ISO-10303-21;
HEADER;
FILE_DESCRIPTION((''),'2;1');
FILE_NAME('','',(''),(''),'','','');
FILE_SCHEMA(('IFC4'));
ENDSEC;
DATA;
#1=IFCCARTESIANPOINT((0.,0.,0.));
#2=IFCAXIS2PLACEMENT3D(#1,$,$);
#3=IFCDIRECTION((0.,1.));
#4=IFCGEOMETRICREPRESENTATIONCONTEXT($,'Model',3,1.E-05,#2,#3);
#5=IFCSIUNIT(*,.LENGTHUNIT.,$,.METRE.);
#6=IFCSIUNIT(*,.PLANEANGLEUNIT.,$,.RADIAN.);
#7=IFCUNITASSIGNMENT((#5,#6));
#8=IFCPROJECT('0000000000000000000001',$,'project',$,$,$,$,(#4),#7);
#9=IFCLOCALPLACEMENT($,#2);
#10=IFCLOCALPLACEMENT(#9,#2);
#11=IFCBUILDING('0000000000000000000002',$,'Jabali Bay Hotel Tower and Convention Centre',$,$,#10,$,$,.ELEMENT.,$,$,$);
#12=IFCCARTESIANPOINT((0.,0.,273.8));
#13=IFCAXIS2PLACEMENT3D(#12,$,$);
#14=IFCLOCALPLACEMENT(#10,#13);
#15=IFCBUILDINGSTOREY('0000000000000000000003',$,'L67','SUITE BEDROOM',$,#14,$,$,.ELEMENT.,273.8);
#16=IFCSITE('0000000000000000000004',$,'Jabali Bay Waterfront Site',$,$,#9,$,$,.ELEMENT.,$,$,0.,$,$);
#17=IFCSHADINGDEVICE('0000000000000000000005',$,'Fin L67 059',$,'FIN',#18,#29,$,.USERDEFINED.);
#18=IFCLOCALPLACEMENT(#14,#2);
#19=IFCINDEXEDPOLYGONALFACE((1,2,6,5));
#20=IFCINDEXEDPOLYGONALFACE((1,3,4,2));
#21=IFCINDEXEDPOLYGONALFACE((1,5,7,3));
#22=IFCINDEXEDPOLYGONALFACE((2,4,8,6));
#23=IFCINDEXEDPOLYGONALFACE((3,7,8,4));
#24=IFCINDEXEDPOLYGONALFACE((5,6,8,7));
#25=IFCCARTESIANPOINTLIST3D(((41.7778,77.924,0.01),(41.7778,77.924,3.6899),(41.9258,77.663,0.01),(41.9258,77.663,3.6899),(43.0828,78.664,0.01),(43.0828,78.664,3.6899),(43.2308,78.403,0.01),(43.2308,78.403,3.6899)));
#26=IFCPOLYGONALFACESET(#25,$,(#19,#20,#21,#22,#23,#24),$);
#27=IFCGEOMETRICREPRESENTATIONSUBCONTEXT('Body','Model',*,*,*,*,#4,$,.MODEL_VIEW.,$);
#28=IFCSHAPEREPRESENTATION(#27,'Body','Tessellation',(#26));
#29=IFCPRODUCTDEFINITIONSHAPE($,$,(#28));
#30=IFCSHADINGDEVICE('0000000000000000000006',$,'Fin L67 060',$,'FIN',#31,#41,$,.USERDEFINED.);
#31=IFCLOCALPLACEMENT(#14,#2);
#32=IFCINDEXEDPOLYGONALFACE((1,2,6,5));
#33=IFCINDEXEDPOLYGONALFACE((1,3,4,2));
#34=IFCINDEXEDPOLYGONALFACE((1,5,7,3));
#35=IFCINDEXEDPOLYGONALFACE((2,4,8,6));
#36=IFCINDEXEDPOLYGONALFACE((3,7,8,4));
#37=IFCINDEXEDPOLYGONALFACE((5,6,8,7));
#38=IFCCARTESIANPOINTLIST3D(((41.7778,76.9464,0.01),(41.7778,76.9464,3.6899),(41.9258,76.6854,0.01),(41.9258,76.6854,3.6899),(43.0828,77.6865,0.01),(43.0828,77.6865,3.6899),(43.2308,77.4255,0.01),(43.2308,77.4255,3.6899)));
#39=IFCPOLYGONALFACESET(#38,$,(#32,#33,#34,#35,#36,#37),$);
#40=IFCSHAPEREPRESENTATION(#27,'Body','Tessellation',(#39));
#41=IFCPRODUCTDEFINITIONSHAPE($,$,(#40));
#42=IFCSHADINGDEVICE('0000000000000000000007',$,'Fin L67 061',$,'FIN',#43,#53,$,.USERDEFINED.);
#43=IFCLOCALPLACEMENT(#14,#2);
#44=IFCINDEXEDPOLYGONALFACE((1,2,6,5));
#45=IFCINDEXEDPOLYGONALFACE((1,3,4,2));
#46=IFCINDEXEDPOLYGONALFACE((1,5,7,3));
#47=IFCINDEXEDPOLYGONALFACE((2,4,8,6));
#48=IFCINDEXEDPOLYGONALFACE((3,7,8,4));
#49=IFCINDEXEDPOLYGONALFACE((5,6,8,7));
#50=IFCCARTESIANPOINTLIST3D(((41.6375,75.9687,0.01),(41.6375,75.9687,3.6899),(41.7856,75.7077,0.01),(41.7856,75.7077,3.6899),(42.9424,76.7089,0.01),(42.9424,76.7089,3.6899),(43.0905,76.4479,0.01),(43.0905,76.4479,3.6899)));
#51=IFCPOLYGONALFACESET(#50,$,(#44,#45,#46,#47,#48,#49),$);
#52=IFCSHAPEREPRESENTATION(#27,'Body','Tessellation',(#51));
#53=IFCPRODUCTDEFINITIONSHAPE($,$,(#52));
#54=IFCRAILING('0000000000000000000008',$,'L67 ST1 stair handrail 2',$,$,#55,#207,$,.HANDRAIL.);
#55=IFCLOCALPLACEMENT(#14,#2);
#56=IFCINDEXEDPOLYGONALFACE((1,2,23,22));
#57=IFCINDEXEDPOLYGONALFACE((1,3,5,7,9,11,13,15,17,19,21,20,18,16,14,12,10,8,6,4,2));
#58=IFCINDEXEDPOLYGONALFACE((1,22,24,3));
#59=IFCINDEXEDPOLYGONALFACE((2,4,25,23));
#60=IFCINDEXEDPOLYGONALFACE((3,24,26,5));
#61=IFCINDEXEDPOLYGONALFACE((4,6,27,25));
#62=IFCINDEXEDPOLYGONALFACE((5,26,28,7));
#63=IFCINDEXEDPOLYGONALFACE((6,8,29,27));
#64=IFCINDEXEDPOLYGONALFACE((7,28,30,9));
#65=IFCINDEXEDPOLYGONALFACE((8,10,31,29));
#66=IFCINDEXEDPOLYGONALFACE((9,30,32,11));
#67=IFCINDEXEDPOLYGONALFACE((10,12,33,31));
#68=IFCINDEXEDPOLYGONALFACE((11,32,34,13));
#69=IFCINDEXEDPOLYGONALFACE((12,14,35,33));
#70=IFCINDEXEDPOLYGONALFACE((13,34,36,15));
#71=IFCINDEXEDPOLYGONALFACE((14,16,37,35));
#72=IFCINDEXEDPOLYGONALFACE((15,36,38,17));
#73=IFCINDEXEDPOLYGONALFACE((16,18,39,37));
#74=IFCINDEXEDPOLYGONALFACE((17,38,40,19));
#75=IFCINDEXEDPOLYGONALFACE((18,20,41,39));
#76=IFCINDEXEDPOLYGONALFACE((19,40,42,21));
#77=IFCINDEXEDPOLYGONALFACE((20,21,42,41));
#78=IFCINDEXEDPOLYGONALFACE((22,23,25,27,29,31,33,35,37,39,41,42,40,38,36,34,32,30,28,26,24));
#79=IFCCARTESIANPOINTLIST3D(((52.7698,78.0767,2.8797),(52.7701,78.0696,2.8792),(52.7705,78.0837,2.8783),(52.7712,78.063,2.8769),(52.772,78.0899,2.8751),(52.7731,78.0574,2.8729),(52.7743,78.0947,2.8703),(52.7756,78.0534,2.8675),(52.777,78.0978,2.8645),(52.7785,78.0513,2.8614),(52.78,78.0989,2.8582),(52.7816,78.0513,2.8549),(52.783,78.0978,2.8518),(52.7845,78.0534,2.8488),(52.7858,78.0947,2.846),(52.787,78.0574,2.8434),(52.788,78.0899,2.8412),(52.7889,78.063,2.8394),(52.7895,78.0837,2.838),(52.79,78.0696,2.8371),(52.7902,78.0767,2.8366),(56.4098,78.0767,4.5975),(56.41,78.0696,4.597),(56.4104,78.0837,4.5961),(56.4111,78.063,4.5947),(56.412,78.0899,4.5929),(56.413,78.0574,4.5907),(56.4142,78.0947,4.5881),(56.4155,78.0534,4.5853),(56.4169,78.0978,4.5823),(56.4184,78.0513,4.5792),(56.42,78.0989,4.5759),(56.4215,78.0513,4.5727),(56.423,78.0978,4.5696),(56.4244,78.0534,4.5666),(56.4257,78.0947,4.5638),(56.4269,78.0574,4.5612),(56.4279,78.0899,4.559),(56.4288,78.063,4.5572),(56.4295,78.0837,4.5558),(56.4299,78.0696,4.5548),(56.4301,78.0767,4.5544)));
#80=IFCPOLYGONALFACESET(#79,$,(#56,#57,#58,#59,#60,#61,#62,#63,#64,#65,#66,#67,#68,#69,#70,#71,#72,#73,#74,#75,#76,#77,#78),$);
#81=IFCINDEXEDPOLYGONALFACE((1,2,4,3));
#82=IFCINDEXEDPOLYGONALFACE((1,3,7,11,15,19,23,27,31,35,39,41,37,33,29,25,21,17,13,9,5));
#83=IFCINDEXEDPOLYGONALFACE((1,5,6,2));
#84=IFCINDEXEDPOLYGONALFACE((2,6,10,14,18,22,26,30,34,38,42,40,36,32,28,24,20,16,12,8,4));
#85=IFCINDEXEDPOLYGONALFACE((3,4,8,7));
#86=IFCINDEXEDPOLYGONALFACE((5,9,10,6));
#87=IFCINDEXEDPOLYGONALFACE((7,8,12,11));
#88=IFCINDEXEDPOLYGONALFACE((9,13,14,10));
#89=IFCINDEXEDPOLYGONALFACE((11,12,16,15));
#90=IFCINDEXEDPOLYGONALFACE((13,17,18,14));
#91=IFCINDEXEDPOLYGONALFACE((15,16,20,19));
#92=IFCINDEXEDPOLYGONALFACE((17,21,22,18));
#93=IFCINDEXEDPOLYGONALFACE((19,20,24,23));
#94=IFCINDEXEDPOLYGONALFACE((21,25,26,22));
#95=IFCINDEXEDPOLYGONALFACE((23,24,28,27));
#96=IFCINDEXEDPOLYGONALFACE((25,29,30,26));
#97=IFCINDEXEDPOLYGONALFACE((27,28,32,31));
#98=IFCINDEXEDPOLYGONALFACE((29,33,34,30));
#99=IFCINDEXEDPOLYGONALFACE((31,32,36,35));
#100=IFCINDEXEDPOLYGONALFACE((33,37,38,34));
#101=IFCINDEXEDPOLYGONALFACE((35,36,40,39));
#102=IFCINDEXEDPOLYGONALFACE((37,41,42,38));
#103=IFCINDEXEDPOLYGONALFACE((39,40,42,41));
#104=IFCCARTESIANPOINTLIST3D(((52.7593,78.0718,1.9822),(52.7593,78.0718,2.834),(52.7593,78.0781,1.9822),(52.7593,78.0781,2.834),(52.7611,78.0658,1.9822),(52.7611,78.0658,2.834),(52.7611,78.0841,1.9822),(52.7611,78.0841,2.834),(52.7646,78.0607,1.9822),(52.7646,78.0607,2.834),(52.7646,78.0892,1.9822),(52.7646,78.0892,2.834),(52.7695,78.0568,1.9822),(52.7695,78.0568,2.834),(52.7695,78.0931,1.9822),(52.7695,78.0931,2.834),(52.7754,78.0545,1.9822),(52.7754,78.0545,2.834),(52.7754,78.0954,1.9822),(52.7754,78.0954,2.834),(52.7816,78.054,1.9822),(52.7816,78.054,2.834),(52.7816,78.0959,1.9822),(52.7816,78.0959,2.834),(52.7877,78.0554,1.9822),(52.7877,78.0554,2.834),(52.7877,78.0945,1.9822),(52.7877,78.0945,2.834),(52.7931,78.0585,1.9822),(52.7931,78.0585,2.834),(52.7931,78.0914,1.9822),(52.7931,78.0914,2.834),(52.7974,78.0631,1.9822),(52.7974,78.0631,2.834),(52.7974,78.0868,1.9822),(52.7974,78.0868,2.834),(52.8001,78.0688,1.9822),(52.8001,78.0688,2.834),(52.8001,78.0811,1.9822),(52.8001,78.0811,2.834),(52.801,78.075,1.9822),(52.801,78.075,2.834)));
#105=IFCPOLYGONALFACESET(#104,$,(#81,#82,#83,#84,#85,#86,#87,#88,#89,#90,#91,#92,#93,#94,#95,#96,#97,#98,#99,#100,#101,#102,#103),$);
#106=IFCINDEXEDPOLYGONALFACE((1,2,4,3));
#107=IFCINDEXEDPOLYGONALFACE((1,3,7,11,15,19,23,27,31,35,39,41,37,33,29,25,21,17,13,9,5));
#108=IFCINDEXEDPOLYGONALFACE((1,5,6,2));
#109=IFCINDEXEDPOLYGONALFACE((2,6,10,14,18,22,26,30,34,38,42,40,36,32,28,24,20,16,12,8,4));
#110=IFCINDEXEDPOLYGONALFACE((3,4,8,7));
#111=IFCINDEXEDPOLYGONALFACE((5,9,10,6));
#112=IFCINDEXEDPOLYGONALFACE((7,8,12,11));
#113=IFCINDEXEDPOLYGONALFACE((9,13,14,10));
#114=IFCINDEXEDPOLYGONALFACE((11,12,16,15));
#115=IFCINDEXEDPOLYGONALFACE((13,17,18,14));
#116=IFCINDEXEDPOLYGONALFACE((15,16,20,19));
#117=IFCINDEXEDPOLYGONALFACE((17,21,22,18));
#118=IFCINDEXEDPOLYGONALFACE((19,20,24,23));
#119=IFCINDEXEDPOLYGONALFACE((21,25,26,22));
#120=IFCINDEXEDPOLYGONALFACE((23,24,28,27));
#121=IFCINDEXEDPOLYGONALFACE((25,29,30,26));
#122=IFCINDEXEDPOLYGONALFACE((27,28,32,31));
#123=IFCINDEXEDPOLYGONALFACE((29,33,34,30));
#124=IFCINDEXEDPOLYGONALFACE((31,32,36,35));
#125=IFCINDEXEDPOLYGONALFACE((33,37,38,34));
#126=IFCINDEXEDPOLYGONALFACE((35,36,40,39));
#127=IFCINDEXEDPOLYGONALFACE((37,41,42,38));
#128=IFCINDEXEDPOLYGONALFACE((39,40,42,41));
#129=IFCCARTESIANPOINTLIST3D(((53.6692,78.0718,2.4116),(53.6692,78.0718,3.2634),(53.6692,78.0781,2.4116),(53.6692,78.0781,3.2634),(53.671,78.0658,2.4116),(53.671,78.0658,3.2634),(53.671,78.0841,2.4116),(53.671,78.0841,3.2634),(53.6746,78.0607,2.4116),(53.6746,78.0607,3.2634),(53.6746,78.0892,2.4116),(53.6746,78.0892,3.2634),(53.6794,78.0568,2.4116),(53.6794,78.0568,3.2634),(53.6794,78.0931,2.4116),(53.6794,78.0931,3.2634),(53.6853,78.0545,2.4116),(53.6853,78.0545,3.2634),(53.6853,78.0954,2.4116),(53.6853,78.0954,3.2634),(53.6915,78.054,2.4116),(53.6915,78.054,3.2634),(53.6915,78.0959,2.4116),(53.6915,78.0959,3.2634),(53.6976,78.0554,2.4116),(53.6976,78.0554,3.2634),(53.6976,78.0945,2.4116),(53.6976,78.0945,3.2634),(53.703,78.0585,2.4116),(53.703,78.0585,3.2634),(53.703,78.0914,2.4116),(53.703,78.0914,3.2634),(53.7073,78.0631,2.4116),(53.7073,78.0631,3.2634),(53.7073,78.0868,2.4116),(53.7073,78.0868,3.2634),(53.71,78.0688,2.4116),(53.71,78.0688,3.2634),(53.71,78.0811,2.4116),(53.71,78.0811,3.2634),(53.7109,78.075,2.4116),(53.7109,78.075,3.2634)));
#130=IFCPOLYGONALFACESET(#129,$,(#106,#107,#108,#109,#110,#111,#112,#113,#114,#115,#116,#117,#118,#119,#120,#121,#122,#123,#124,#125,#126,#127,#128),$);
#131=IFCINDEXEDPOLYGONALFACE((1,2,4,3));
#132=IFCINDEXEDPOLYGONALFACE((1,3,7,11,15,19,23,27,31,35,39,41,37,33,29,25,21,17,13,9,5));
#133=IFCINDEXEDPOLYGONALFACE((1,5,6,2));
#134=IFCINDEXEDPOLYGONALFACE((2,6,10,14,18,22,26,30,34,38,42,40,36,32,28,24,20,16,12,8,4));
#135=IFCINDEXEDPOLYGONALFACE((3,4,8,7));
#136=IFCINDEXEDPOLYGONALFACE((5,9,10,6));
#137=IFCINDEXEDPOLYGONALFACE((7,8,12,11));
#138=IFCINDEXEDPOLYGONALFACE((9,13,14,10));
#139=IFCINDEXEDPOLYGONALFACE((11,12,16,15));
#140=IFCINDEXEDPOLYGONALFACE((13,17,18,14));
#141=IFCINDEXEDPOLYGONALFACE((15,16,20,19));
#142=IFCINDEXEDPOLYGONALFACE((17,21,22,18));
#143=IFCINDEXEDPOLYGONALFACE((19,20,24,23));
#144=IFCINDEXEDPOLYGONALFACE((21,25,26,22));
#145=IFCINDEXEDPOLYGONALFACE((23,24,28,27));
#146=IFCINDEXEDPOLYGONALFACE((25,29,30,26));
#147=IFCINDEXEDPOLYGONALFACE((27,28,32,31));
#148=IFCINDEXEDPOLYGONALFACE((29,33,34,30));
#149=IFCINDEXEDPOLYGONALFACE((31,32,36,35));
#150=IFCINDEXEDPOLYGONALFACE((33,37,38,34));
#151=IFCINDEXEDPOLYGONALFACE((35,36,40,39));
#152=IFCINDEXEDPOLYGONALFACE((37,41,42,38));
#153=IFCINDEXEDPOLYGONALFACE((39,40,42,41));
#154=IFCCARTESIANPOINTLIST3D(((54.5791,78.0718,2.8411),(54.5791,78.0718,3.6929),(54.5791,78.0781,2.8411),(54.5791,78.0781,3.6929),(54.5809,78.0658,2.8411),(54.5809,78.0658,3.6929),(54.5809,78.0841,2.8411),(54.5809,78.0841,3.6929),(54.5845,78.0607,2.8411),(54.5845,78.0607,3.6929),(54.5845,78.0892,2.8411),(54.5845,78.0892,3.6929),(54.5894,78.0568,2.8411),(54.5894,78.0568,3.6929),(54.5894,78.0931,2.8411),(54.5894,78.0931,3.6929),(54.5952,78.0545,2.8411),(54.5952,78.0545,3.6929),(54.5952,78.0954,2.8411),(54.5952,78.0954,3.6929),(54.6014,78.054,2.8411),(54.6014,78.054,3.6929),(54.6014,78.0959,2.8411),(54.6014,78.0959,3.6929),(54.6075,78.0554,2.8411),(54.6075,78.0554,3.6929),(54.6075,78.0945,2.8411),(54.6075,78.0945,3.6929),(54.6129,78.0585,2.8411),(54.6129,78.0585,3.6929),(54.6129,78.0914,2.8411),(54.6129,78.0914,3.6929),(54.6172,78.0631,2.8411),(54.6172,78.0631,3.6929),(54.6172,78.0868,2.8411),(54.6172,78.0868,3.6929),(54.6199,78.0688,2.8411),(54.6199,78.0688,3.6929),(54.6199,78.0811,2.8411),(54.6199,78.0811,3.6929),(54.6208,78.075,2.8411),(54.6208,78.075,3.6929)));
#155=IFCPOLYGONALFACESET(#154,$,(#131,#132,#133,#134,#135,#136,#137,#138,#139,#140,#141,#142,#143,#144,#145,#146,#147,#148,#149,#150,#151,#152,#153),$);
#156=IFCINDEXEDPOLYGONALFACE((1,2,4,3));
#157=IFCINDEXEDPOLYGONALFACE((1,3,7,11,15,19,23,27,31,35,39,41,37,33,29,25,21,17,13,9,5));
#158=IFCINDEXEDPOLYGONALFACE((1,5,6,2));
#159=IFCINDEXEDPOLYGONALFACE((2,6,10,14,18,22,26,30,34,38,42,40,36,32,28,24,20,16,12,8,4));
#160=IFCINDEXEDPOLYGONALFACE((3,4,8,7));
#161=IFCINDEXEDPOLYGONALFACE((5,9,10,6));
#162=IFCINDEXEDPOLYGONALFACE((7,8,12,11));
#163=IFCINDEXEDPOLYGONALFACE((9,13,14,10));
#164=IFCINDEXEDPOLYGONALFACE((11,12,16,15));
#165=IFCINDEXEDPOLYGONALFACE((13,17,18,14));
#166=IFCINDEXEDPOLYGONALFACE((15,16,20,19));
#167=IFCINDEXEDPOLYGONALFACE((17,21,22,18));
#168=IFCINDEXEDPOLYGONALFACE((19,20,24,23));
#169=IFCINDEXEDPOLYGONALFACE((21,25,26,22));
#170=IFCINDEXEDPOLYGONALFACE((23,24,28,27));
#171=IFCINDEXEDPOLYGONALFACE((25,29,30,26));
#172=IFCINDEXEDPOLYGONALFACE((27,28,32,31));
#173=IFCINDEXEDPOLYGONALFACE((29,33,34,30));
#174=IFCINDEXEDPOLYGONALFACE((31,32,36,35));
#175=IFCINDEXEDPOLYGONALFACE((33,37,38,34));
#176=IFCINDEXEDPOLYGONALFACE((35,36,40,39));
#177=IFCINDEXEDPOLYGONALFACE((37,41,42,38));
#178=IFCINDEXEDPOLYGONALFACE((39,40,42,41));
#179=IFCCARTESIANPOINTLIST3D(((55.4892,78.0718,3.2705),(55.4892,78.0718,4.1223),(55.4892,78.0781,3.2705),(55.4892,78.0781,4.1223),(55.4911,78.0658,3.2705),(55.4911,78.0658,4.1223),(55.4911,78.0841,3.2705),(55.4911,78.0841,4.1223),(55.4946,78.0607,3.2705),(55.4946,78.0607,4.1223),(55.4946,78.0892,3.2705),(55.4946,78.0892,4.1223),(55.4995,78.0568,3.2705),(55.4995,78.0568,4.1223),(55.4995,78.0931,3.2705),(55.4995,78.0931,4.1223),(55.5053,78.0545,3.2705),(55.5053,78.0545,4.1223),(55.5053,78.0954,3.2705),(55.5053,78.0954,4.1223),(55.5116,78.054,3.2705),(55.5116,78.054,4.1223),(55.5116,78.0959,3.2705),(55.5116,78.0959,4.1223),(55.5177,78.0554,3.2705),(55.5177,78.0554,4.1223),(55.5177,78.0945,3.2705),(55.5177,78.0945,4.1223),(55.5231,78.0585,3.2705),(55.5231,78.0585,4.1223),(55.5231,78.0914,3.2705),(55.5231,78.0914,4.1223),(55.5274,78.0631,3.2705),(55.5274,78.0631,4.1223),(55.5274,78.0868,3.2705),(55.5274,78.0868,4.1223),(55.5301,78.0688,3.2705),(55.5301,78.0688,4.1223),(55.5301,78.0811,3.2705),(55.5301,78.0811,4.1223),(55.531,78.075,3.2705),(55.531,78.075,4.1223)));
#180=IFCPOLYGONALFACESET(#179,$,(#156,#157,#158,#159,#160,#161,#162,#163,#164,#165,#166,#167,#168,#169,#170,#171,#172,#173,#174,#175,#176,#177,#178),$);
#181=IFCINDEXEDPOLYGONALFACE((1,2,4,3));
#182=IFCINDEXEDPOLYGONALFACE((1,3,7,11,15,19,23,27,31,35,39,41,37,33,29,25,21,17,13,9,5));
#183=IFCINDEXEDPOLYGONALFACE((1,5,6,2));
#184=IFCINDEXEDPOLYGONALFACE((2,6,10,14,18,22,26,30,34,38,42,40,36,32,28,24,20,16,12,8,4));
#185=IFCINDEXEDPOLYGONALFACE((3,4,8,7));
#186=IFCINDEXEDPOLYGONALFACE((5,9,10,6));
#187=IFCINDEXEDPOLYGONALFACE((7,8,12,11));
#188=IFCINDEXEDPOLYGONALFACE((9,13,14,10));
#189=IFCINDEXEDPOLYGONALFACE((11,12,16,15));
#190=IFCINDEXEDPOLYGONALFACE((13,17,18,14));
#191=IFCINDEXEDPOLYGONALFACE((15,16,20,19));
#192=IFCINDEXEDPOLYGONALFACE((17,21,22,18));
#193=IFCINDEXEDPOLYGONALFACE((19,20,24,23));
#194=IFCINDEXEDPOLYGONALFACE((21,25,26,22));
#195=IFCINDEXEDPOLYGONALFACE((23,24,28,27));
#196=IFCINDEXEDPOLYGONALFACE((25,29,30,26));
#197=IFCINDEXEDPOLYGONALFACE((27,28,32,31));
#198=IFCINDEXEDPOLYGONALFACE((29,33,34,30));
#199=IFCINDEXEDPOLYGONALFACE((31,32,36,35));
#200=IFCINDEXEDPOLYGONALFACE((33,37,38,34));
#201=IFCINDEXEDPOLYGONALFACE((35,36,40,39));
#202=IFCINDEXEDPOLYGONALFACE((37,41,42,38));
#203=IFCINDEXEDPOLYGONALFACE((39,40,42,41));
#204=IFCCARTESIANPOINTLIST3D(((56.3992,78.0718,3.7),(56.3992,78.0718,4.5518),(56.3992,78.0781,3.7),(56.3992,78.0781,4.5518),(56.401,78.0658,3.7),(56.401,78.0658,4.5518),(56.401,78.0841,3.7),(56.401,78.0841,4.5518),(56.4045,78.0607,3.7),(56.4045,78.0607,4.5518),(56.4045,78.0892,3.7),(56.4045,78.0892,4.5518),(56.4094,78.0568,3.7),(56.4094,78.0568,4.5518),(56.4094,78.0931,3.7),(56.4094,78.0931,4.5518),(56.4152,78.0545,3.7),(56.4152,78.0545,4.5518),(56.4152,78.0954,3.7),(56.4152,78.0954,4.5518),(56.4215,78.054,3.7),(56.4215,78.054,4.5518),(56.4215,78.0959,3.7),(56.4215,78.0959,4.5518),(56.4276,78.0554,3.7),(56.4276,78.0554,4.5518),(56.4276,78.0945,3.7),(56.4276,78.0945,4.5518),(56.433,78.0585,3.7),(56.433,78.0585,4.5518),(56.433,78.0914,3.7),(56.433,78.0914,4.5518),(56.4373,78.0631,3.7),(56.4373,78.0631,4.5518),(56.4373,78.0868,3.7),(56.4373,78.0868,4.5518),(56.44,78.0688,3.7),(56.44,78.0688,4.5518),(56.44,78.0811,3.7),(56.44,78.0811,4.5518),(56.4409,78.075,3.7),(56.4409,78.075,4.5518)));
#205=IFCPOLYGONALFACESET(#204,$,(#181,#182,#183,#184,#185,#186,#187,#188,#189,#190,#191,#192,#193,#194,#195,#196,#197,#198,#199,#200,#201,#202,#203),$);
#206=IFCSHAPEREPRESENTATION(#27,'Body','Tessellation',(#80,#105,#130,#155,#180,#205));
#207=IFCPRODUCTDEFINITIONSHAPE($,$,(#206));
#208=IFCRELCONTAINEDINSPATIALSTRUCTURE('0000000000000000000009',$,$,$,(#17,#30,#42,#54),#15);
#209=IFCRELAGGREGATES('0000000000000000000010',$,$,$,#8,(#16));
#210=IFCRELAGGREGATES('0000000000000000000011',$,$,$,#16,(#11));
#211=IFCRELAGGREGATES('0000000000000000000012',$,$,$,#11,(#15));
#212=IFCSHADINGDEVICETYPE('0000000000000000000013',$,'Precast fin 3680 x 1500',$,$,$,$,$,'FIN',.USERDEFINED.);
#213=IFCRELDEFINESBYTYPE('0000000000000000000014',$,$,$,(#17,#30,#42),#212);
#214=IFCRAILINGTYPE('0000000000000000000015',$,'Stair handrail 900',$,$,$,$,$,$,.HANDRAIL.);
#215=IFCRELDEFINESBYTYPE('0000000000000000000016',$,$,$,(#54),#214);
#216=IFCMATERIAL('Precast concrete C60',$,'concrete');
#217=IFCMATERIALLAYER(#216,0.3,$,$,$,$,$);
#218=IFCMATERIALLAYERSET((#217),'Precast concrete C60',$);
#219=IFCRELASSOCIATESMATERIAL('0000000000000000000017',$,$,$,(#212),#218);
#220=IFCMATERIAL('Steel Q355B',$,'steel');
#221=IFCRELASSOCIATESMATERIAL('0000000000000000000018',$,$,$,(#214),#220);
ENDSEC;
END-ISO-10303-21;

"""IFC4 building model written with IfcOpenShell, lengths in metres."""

from ifc_helpers import new_model, si_unit, direction, frame, frame_2d, origin, origin_2d, place, context, subcontext, project, spatial, rectangle, circle, extrude, material, layer, layer_set, type_object, element, save


model = new_model("IFC4")

# Units and contexts
model_context = context("Model", 3, precision=1e-05, world=origin(), true_north=direction((0.0, 1.0)))
body_context = subcontext(model_context, "Body", "Model", "MODEL_VIEW")
ifc_project = project(units=[si_unit("LENGTHUNIT", "METRE"), si_unit("PLANEANGLEUNIT", "RADIAN")], contexts=[model_context])

# Site, building, storey
site_placement = place(None, origin())
site = spatial("IfcSite", under=ifc_project, at=site_placement, Name="Jabali Bay Waterfront Site", CompositionType="ELEMENT", RefElevation=0.0)
building_placement = place(site_placement, origin())
building = spatial("IfcBuilding", under=site, at=building_placement, Name="Jabali Bay Hotel Tower and Convention Centre", CompositionType="ELEMENT")
storey_placement = place(building_placement, frame((0.0, 0.0, 273.8)))
storey = spatial("IfcBuildingStorey", under=building, at=storey_placement, Name="L67", Description="SUITE BEDROOM", CompositionType="ELEMENT", Elevation=273.8)

# Shading devices
ifc_material_1 = material(Name="Precast concrete C60", Category="concrete")
ifc_layer_1 = layer(ifc_material_1, 0.3)
ifc_layer_set_1 = layer_set([ifc_layer_1], Name="Precast concrete C60")
shading_device_type_1 = type_object("IfcShadingDeviceType", Name="Precast fin 3680 x 1500", ElementType="FIN", PredefinedType="USERDEFINED", material=ifc_layer_set_1)
for number, where, z_axis, x_axis, name in (
    (1, (43.1567, 78.5334, 0.01), (0.0, 0.0, 1.0), (-0.869871, -0.493279, 0.0), "Fin L67 059"),
    (2, (43.1567, 77.5559, 0.01), (0.0, 0.0, 1.0), (-0.869871, -0.493279, 0.0), "Fin L67 060"),
    (3, (43.0164, 76.5784, 0.01), (0.0, 0.0, 1.0), (-0.869801, -0.493403, 0.0), "Fin L67 061"),
):
    element("IfcShadingDevice", number, at=place(storey_placement, frame(where, z_axis=z_axis, x_axis=x_axis)), inside=storey, type_object=shading_device_type_1, Name=name, ObjectType="FIN", PredefinedType="USERDEFINED", context=body_context, shape_type="SweptSolid", body=[
        extrude(rectangle(XDim=1.5002, YDim=0.3, at=frame_2d((0.75, 0.0))), origin(), (0.0, 0.0, 1.0), 3.6799),
    ])

# Railing
ifc_material_2 = material(Name="Steel Q355B", Category="steel")
railing_type = type_object("IfcRailingType", Name="Stair handrail 900", PredefinedType="HANDRAIL", material=ifc_material_2)
railing_placement = place(storey_placement, frame((52.78, 78.075, 1.9822)))
element("IfcRailing", 4, at=railing_placement, inside=storey, type_object=railing_type, Name="L67 ST1 stair handrail 2", PredefinedType="HANDRAIL", context=body_context, shape_type="SweptSolid", body=[
    extrude(circle(Radius=0.0239, at=origin_2d()), frame((0.0, 0.0, 0.876), z_axis=(0.904351, 0.0, 0.42679), x_axis=(0.0, 1.0, 0.0)), (0.0, 0.0, 1.0), 4.0249),
    extrude(circle(Radius=0.021, at=origin_2d()), origin(), (0.0, 0.0, 1.0), 0.8518),
    extrude(circle(Radius=0.021, at=origin_2d()), frame((0.9099, 0.0, 0.4294)), (0.0, 0.0, 1.0), 0.8518),
    extrude(circle(Radius=0.021, at=origin_2d()), frame((1.8198, 0.0, 0.8589)), (0.0, 0.0, 1.0), 0.8518),
    extrude(circle(Radius=0.021, at=origin_2d()), frame((2.73, 0.0, 1.2883)), (0.0, 0.0, 1.0), 0.8518),
    extrude(circle(Radius=0.021, at=origin_2d()), frame((3.6399, 0.0, 1.7178)), (0.0, 0.0, 1.0), 0.8518),
])

save(model, "model.ifc")
